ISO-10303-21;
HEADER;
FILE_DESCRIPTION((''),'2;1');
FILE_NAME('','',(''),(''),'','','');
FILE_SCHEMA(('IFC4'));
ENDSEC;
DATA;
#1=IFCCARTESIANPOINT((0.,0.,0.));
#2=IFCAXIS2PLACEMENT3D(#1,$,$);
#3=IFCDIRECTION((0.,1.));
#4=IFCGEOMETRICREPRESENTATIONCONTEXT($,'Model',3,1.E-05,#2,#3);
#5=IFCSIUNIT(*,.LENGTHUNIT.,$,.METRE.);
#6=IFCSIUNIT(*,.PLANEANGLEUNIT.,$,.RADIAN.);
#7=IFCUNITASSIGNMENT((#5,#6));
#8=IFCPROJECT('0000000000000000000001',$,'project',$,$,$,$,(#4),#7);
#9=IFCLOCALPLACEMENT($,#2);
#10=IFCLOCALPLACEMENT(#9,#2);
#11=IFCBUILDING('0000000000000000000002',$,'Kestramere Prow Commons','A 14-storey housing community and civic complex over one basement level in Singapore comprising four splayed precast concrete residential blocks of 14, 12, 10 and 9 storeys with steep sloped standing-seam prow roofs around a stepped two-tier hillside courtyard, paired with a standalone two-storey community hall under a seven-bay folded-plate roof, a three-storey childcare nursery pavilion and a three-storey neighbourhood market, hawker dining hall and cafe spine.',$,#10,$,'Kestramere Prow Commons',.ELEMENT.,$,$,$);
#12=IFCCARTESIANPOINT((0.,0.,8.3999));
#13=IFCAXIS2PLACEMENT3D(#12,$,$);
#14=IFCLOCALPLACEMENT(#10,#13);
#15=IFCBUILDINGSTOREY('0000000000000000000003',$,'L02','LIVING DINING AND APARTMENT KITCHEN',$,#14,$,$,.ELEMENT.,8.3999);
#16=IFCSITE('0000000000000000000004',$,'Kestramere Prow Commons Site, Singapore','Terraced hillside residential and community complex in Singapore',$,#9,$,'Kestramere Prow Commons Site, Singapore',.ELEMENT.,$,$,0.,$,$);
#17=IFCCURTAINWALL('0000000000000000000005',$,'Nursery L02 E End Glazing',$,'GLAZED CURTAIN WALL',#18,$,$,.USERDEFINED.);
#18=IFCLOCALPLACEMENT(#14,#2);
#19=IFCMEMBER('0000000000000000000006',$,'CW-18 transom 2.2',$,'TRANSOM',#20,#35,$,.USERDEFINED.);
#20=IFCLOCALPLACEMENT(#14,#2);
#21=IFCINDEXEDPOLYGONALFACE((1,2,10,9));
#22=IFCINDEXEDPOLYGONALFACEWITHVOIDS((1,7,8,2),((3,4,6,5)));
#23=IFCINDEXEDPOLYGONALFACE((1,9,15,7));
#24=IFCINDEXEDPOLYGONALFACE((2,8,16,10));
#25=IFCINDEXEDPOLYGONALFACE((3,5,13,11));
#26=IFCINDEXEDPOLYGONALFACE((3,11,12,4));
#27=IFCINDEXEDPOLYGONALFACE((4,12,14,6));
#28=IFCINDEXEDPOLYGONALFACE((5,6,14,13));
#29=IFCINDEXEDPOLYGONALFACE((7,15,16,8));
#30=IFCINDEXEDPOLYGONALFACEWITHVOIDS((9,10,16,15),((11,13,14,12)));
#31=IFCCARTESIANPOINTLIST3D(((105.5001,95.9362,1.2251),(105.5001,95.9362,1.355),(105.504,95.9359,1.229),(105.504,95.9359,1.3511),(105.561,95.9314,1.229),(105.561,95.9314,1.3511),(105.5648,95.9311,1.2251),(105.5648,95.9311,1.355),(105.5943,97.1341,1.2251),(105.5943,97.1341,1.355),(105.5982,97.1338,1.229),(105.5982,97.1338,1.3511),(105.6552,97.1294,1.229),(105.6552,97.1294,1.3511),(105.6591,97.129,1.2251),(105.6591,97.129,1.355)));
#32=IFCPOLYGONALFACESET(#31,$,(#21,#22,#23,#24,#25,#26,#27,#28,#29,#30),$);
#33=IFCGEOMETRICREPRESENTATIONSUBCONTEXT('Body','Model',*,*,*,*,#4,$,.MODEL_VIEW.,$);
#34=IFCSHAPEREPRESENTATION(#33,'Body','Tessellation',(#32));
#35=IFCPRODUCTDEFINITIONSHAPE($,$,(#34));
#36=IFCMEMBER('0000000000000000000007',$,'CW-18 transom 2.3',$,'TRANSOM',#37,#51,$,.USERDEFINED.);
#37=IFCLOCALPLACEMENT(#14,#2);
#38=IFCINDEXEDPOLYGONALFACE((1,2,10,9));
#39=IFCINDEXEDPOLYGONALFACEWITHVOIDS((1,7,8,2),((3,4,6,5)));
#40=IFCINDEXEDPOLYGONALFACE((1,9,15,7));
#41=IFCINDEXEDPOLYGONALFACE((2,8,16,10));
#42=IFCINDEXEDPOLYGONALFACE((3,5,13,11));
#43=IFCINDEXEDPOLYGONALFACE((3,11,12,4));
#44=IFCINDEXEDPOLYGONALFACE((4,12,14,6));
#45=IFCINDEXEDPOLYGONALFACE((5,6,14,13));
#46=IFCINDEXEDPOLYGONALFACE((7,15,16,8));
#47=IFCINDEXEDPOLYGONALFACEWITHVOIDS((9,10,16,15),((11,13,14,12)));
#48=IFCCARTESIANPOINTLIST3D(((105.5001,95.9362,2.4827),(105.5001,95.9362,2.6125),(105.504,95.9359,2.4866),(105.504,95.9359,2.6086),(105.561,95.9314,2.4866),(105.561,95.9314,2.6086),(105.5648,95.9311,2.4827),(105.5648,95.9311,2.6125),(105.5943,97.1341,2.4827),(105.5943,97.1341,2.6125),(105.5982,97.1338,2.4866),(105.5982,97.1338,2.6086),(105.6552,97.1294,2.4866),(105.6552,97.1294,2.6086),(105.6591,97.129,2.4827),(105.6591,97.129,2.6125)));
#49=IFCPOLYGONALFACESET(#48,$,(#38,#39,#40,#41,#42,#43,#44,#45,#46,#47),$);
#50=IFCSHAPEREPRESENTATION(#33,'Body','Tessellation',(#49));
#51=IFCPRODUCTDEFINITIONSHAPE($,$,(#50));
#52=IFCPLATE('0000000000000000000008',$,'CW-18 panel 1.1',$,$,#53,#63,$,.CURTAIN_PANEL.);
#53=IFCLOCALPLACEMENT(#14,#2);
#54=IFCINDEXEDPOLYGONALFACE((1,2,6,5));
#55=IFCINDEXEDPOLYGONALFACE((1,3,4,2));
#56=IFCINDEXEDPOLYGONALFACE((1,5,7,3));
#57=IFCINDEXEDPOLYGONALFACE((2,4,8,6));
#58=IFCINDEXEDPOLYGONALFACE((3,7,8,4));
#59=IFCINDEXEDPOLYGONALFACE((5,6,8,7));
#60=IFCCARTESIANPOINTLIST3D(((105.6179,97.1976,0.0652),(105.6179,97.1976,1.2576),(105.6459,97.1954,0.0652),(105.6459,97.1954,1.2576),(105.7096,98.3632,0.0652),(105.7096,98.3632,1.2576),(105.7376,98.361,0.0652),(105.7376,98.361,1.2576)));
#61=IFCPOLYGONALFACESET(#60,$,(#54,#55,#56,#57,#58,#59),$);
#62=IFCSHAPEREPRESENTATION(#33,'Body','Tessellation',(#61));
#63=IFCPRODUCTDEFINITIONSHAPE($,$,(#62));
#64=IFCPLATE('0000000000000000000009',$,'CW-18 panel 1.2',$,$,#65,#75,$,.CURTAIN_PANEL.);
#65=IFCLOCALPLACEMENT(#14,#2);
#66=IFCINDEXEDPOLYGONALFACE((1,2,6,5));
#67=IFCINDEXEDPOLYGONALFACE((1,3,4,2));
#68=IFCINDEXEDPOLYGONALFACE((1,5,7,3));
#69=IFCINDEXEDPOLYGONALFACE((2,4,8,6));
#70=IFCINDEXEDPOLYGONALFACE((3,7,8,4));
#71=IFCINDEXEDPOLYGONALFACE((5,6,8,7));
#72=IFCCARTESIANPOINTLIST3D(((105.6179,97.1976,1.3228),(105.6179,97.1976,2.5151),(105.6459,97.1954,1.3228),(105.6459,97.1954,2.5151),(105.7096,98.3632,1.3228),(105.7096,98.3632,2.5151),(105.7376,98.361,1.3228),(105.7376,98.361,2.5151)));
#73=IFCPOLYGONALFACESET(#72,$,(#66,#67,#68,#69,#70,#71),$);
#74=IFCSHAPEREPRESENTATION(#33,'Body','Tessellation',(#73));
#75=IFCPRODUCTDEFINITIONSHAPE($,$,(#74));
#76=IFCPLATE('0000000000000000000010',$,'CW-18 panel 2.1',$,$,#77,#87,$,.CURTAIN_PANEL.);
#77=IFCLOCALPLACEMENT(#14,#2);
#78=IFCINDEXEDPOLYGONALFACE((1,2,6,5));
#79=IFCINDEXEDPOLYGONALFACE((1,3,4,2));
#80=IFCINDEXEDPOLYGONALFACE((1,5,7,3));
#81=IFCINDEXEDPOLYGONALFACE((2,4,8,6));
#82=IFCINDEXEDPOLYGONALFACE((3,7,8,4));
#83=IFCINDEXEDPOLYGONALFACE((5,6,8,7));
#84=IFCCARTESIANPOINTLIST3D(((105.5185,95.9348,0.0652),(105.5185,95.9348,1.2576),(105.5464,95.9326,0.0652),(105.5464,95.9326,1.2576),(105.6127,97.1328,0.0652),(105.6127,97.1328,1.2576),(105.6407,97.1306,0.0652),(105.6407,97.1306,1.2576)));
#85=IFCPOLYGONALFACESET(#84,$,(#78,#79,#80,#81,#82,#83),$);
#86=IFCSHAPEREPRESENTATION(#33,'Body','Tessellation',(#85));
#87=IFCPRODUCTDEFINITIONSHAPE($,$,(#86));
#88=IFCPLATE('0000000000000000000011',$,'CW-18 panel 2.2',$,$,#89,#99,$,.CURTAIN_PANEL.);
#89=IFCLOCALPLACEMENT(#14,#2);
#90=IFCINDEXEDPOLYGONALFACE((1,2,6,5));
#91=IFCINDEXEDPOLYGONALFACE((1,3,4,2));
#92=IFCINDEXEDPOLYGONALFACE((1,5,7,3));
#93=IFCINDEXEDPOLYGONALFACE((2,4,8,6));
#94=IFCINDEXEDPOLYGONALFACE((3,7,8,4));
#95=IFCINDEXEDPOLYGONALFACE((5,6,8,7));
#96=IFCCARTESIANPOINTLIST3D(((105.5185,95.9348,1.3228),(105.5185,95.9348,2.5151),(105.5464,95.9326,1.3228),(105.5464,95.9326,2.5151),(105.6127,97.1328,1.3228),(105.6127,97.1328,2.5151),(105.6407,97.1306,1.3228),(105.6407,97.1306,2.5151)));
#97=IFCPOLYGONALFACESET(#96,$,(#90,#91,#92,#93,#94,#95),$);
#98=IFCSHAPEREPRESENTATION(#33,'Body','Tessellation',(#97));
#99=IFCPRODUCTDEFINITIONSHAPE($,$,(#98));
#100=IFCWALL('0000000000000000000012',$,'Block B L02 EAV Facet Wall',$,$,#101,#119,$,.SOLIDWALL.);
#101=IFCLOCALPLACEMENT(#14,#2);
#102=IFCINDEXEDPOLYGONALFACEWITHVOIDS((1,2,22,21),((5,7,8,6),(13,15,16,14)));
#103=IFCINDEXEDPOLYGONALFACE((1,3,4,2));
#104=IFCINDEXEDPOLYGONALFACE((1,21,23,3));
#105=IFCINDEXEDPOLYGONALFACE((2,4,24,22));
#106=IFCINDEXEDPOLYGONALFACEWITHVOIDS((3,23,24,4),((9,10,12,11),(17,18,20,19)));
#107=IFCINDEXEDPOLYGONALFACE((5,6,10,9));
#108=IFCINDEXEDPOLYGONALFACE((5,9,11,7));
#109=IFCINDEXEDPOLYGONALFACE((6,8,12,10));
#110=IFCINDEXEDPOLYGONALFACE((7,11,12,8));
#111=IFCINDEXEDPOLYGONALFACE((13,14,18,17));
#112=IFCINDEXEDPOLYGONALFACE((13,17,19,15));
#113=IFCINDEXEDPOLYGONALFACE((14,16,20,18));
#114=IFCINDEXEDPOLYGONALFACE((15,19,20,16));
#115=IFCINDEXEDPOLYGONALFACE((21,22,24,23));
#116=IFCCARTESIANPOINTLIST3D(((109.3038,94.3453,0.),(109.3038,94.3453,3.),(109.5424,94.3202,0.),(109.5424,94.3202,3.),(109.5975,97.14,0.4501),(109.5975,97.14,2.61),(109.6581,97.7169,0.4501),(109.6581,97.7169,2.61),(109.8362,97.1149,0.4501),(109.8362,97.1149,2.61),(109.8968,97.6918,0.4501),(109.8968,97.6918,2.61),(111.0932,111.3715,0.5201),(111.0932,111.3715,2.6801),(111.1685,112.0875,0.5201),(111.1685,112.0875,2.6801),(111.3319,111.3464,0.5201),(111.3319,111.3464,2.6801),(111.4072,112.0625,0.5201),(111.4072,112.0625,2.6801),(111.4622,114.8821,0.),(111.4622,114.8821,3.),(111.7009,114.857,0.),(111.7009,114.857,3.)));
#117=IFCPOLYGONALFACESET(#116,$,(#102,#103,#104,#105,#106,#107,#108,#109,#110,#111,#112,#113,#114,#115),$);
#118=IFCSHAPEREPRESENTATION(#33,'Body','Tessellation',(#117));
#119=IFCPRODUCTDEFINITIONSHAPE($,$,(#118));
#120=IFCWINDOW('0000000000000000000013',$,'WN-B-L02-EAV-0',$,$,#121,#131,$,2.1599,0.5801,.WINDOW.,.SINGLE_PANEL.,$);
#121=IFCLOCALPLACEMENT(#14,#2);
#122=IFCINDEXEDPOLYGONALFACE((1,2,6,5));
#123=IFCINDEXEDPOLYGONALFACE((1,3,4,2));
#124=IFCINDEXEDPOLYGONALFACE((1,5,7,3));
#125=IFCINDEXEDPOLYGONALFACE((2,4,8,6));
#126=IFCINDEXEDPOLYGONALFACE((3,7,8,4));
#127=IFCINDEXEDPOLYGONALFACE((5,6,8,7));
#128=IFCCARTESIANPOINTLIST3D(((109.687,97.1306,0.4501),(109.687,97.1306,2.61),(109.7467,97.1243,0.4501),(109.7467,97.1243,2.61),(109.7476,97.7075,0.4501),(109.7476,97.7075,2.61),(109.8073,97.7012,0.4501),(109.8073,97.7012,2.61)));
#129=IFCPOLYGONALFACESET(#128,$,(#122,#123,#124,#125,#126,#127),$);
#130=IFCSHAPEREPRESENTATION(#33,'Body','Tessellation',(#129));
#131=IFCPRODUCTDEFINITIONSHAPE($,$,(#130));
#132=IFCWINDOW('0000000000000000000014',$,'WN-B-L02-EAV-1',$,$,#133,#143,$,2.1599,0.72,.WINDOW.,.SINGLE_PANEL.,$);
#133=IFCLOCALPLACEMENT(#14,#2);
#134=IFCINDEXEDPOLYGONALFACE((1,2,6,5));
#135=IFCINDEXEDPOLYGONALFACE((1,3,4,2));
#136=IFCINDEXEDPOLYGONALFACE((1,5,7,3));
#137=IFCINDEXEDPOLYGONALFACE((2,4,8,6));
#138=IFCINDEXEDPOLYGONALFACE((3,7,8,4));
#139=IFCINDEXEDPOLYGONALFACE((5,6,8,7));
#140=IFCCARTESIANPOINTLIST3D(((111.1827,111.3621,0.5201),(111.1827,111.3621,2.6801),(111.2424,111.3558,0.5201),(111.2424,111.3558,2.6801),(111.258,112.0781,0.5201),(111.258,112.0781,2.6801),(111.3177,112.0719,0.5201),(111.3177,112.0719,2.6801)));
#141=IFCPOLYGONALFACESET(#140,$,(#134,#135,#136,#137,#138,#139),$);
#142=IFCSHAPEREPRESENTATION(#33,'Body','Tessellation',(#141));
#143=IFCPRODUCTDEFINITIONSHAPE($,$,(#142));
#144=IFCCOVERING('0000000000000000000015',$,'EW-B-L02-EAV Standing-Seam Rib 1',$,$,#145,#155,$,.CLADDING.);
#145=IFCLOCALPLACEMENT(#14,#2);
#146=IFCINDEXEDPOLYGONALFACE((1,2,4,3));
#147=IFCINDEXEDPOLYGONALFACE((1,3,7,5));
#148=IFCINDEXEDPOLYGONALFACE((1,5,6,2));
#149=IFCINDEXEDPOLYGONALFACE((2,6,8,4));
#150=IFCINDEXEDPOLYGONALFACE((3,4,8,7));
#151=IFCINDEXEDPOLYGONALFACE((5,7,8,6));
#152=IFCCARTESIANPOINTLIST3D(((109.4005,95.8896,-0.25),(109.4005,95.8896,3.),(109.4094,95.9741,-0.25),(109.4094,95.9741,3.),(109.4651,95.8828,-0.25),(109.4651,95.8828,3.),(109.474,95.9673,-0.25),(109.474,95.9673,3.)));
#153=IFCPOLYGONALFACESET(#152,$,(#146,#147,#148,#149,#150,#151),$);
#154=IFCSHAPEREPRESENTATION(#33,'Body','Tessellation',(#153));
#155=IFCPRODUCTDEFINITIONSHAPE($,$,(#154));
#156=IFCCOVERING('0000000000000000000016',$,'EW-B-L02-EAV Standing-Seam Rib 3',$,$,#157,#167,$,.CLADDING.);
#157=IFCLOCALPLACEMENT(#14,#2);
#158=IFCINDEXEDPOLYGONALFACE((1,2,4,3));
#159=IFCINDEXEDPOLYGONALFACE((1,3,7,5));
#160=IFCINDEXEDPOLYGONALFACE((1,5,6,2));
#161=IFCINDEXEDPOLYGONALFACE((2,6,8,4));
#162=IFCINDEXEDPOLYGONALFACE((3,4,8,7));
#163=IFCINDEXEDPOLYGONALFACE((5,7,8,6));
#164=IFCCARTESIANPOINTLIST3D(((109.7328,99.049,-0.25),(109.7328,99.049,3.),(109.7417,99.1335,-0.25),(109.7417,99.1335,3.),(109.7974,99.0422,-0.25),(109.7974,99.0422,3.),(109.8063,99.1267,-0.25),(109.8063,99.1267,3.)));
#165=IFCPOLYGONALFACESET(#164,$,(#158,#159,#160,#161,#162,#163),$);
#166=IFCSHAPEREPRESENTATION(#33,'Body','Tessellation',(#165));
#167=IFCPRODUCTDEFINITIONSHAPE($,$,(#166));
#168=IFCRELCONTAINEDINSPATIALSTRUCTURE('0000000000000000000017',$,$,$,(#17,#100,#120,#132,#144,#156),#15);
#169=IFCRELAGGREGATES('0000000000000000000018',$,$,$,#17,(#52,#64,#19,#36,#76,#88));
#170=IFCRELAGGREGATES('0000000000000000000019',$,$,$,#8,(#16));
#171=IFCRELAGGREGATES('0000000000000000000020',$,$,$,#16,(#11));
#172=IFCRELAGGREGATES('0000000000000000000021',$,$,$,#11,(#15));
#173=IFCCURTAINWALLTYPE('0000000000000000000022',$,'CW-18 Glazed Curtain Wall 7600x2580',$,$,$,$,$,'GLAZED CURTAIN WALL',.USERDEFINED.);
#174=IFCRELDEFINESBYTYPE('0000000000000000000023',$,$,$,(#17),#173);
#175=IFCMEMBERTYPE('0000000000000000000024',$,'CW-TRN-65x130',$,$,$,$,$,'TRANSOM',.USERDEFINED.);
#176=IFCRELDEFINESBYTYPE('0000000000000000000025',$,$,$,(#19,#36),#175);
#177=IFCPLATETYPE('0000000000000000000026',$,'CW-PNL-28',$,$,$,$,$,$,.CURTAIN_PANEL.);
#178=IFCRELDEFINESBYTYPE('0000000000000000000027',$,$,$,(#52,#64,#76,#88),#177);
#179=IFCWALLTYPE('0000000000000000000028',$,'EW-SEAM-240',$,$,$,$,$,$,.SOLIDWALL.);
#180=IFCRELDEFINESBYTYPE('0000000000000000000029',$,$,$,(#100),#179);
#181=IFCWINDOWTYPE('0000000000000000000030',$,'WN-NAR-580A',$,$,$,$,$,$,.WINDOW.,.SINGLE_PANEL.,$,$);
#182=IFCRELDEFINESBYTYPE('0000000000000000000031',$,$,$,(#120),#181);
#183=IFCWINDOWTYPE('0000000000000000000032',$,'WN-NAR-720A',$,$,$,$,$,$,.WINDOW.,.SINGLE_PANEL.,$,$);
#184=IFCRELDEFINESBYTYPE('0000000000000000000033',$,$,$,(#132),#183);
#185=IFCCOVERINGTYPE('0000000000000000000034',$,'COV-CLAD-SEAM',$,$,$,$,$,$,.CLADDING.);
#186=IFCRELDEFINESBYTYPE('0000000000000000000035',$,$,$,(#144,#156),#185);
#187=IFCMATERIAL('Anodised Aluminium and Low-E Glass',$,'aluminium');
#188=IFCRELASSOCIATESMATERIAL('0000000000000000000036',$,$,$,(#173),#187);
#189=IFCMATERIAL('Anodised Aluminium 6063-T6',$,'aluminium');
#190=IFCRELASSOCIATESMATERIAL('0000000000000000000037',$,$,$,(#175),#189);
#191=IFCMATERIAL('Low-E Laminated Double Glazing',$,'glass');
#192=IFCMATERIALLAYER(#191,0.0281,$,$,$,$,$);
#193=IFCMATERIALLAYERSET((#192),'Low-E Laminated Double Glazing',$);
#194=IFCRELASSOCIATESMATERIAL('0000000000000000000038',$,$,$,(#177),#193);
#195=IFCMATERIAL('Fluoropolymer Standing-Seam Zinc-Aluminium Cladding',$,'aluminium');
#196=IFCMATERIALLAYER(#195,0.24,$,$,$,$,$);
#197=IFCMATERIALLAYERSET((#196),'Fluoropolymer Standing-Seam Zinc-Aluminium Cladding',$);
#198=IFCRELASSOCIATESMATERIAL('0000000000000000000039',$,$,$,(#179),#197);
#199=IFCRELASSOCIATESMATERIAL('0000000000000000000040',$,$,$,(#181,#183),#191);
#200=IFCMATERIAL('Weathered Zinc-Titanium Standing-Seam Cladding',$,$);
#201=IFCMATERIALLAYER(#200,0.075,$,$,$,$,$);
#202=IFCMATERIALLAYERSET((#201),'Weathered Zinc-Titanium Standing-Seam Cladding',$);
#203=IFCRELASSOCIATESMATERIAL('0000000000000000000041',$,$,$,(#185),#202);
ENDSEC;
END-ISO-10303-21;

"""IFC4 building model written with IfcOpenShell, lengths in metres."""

from ifc_helpers import new_model, si_unit, direction, frame, frame_2d, origin, origin_2d, place, context, subcontext, project, spatial, rectangle, hollow_rectangle, extrude, material, layer, layer_set, material_profile, profile_set, type_object, element, fill, aggregate, save


model = new_model("IFC4")

# Units and contexts
model_context = context("Model", 3, precision=1e-05, world=origin(), true_north=direction((0.0, 1.0)))
body_context = subcontext(model_context, "Body", "Model", "MODEL_VIEW")
ifc_project = project(units=[si_unit("LENGTHUNIT", "METRE"), si_unit("PLANEANGLEUNIT", "RADIAN")], contexts=[model_context])

# Site, building, storey
site_placement = place(None, origin())
site = spatial("IfcSite", under=ifc_project, at=site_placement, Name="Kestramere Prow Commons Site, Singapore", Description="Terraced hillside residential and community complex in Singapore", LongName="Kestramere Prow Commons Site, Singapore", CompositionType="ELEMENT", RefElevation=0.0)
building_placement = place(site_placement, origin())
building = spatial("IfcBuilding", under=site, at=building_placement, Name="Kestramere Prow Commons", Description="A 14-storey housing community and civic complex over one basement level in Singapore comprising four splayed precast concrete residential blocks of 14, 12, 10 and 9 storeys with steep sloped standing-seam prow roofs around a stepped two-tier hillside courtyard, paired with a standalone two-storey community hall under a seven-bay folded-plate roof, a three-storey childcare nursery pavilion and a three-storey neighbourhood market, hawker dining hall and cafe spine.", LongName="Kestramere Prow Commons", CompositionType="ELEMENT")
storey_placement = place(building_placement, frame((0.0, 0.0, 8.3999)))
storey = spatial("IfcBuildingStorey", under=building, at=storey_placement, Name="L02", Description="LIVING DINING AND APARTMENT KITCHEN", CompositionType="ELEMENT", Elevation=8.3999)

# Curtain wall, members, plates
ifc_material_1 = material(Name="Anodised Aluminium and Low-E Glass", Category="aluminium")
curtain_wall_type = type_object("IfcCurtainWallType", Name="CW-18 Glazed Curtain Wall 7600x2580", ElementType="GLAZED CURTAIN WALL", PredefinedType="USERDEFINED", material=ifc_material_1)
curtain_wall_placement = place(storey_placement, origin())
curtain_wall = element("IfcCurtainWall", 1, at=curtain_wall_placement, inside=storey, type_object=curtain_wall_type, Name="Nursery L02 E End Glazing", ObjectType="GLAZED CURTAIN WALL", PredefinedType="USERDEFINED")
ifc_material_2 = material(Name="Anodised Aluminium 6063-T6", Category="aluminium")
ifc_material_profile_1 = material_profile(ifc_material_2, hollow_rectangle(XDim=0.0649, YDim=0.1299, WallThickness=0.0039, at=origin_2d()), Name="ALU-TRN 65x130")
ifc_profile_set_1 = profile_set([ifc_material_profile_1], Name="Anodised Aluminium 6063-T6")
member_type_1 = type_object("IfcMemberType", Name="CW-TRN-65x130", ElementType="TRANSOM", PredefinedType="USERDEFINED", material=ifc_profile_set_1)
member_1_placement = place(storey_placement, frame((105.6267, 97.1316, 1.29), z_axis=(-0.078421, -0.99692, 0.0), x_axis=(0.99692, -0.078421, 0.0)))
member_1 = element("IfcMember", 2, at=member_1_placement, type_object=member_type_1, Name="CW-18 transom 2.2", ObjectType="TRANSOM", PredefinedType="USERDEFINED", context=body_context, shape_type="SweptSolid", body=[
    extrude(hollow_rectangle(XDim=0.0649, YDim=0.1299, WallThickness=0.0039, at=origin_2d()), origin(), (0.0, 0.0, 1.0), 1.2017),
])
member_2_placement = place(storey_placement, frame((105.6267, 97.1316, 2.5476), z_axis=(-0.078421, -0.99692, 0.0), x_axis=(0.99692, -0.078421, 0.0)))
member_2 = element("IfcMember", 3, at=member_2_placement, type_object=member_type_1, Name="CW-18 transom 2.3", ObjectType="TRANSOM", PredefinedType="USERDEFINED", context=body_context, shape_type="SweptSolid", body=[
    extrude(hollow_rectangle(XDim=0.0649, YDim=0.1299, WallThickness=0.0039, at=origin_2d()), origin(), (0.0, 0.0, 1.0), 1.2017),
])
ifc_material_3 = material(Name="Low-E Laminated Double Glazing", Category="glass")
ifc_layer_1 = layer(ifc_material_3, 0.0281)
ifc_layer_set_1 = layer_set([ifc_layer_1], Name="Low-E Laminated Double Glazing")
plate_type = type_object("IfcPlateType", Name="CW-PNL-28", PredefinedType="CURTAIN_PANEL", material=ifc_layer_set_1)
plate_1_placement = place(storey_placement, frame((105.6777, 97.7793, 0.0652), z_axis=(0.0, 0.0, 1.0), x_axis=(-0.078459, -0.996917, 0.0)))
plate_1 = element("IfcPlate", 4, at=plate_1_placement, type_object=plate_type, Name="CW-18 panel 1.1", PredefinedType="CURTAIN_PANEL", context=body_context, shape_type="SweptSolid", body=[
    extrude(rectangle(XDim=1.1692, YDim=0.0281, at=origin_2d()), origin(), (0.0, 0.0, 1.0), 1.1924),
])
plate_2_placement = place(storey_placement, frame((105.6777, 97.7793, 1.3228), z_axis=(0.0, 0.0, 1.0), x_axis=(-0.078459, -0.996917, 0.0)))
plate_2 = element("IfcPlate", 5, at=plate_2_placement, type_object=plate_type, Name="CW-18 panel 1.2", PredefinedType="CURTAIN_PANEL", context=body_context, shape_type="SweptSolid", body=[
    extrude(rectangle(XDim=1.1692, YDim=0.0281, at=origin_2d()), origin(), (0.0, 0.0, 1.0), 1.1924),
])
plate_3_placement = place(storey_placement, frame((105.5796, 96.5327, 0.0652), z_axis=(0.0, 0.0, 1.0), x_axis=(-0.078459, -0.996917, 0.0)))
plate_3 = element("IfcPlate", 6, at=plate_3_placement, type_object=plate_type, Name="CW-18 panel 2.1", PredefinedType="CURTAIN_PANEL", context=body_context, shape_type="SweptSolid", body=[
    extrude(rectangle(XDim=1.2017, YDim=0.0281, at=origin_2d()), origin(), (0.0, 0.0, 1.0), 1.1924),
])
plate_4_placement = place(storey_placement, frame((105.5796, 96.5327, 1.3228), z_axis=(0.0, 0.0, 1.0), x_axis=(-0.078459, -0.996917, 0.0)))
plate_4 = element("IfcPlate", 7, at=plate_4_placement, type_object=plate_type, Name="CW-18 panel 2.2", PredefinedType="CURTAIN_PANEL", context=body_context, shape_type="SweptSolid", body=[
    extrude(rectangle(XDim=1.2017, YDim=0.0281, at=origin_2d()), origin(), (0.0, 0.0, 1.0), 1.1924),
])
aggregate(curtain_wall, [plate_1, plate_2, member_1, member_2, plate_3, plate_4])

# Wall, openings, windows
ifc_material_4 = material(Name="Fluoropolymer Standing-Seam Zinc-Aluminium Cladding", Category="aluminium")
ifc_layer_2 = layer(ifc_material_4, 0.24)
ifc_layer_set_2 = layer_set([ifc_layer_2], Name="Fluoropolymer Standing-Seam Zinc-Aluminium Cladding")
wall_type = type_object("IfcWallType", Name="EW-SEAM-240", PredefinedType="SOLIDWALL", material=ifc_layer_set_2)
wall_placement = place(storey_placement, frame((109.4231, 94.3328, 0.0), z_axis=(0.0, 0.0, 1.0), x_axis=(0.104525, 0.994522, 0.0)))
wall = element("IfcWall", 8, at=wall_placement, inside=storey, type_object=wall_type, Name="Block B L02 EAV Facet Wall", PredefinedType="SOLIDWALL", context=body_context, shape_type="SweptSolid", body=[
    extrude(rectangle(XDim=20.6499, YDim=0.24, at=frame_2d((10.325, 0.0))), origin(), (0.0, 0.0, 1.0), 3.0),
])
opening_1_placement = place(wall_placement, frame((2.8101, 0.0, 0.45)))
opening_1 = element("IfcOpeningElement", 9, at=opening_1_placement, cuts=wall, PredefinedType="OPENING", context=body_context, shape_type="SweptSolid", body=[
    extrude(rectangle(XDim=0.5801, YDim=2.1599, at=frame_2d((0.29, 1.0801))), frame((0.0, 0.135, 0.0), z_axis=(0.0, -1.0, 0.0), x_axis=(1.0, 0.0, 0.0)), (0.0, 0.0, 1.0), 0.27),
])
opening_2_placement = place(wall_placement, frame((17.1201, 0.0, 0.52)))
opening_2 = element("IfcOpeningElement", 10, at=opening_2_placement, cuts=wall, PredefinedType="OPENING", context=body_context, shape_type="SweptSolid", body=[
    extrude(rectangle(XDim=0.72, YDim=2.1599, at=frame_2d((0.3599, 1.0801))), frame((0.0, 0.135, 0.0), z_axis=(0.0, -1.0, 0.0), x_axis=(1.0, 0.0, 0.0)), (0.0, 0.0, 1.0), 0.27),
])
window_type_1 = type_object("IfcWindowType", Name="WN-NAR-580A", PartitioningType="SINGLE_PANEL", PredefinedType="WINDOW", material=ifc_material_3)
window_1_placement = place(opening_1_placement, origin())
window_1 = element("IfcWindow", 11, at=window_1_placement, inside=storey, type_object=window_type_1, Name="WN-B-L02-EAV-0", OverallHeight=2.1599, OverallWidth=0.5801, PartitioningType="SINGLE_PANEL", PredefinedType="WINDOW", context=body_context, shape_type="SweptSolid", body=[
    extrude(rectangle(XDim=0.5801, YDim=2.1599, at=frame_2d((0.29, 1.0801))), frame((0.0, 0.03, 0.0), z_axis=(0.0, -1.0, 0.0), x_axis=(1.0, 0.0, 0.0)), (0.0, 0.0, 1.0), 0.0601),
])
fill(opening_1, window_1)
window_type_2 = type_object("IfcWindowType", Name="WN-NAR-720A", PartitioningType="SINGLE_PANEL", PredefinedType="WINDOW", material=ifc_material_3)
window_2_placement = place(opening_2_placement, origin())
window_2 = element("IfcWindow", 12, at=window_2_placement, inside=storey, type_object=window_type_2, Name="WN-B-L02-EAV-1", OverallHeight=2.1599, OverallWidth=0.72, PartitioningType="SINGLE_PANEL", PredefinedType="WINDOW", context=body_context, shape_type="SweptSolid", body=[
    extrude(rectangle(XDim=0.72, YDim=2.1599, at=frame_2d((0.3599, 1.0801))), frame((0.0, 0.03, 0.0), z_axis=(0.0, -1.0, 0.0), x_axis=(1.0, 0.0, 0.0)), (0.0, 0.0, 1.0), 0.0601),
])
fill(opening_2, window_2)

# Coverings
ifc_material_5 = material(Name="Weathered Zinc-Titanium Standing-Seam Cladding")
ifc_layer_3 = layer(ifc_material_5, 0.075)
ifc_layer_set_3 = layer_set([ifc_layer_3], Name="Weathered Zinc-Titanium Standing-Seam Cladding")
covering_type = type_object("IfcCoveringType", Name="COV-CLAD-SEAM", PredefinedType="CLADDING", material=ifc_layer_set_3)
for number, where, z_axis, x_axis, name in (
    (13, (109.4373, 95.9285, -0.25), (0.0, 0.0, 1.0), (0.104528, 0.994522, 0.0), "EW-B-L02-EAV Standing-Seam Rib 1"),
    (14, (109.7695, 99.0879, -0.25), (0.0, 0.0, 1.0), (0.104528, 0.994522, 0.0), "EW-B-L02-EAV Standing-Seam Rib 3"),
):
    element("IfcCovering", number, at=place(storey_placement, frame(where, z_axis=z_axis, x_axis=x_axis)), inside=storey, type_object=covering_type, Name=name, PredefinedType="CLADDING", context=body_context, shape_type="SweptSolid", body=[
        extrude(rectangle(XDim=0.085, YDim=0.0649, at=origin_2d()), origin(), (0.0, 0.0, 1.0), 3.25),
    ])

save(model, "model.ifc")
